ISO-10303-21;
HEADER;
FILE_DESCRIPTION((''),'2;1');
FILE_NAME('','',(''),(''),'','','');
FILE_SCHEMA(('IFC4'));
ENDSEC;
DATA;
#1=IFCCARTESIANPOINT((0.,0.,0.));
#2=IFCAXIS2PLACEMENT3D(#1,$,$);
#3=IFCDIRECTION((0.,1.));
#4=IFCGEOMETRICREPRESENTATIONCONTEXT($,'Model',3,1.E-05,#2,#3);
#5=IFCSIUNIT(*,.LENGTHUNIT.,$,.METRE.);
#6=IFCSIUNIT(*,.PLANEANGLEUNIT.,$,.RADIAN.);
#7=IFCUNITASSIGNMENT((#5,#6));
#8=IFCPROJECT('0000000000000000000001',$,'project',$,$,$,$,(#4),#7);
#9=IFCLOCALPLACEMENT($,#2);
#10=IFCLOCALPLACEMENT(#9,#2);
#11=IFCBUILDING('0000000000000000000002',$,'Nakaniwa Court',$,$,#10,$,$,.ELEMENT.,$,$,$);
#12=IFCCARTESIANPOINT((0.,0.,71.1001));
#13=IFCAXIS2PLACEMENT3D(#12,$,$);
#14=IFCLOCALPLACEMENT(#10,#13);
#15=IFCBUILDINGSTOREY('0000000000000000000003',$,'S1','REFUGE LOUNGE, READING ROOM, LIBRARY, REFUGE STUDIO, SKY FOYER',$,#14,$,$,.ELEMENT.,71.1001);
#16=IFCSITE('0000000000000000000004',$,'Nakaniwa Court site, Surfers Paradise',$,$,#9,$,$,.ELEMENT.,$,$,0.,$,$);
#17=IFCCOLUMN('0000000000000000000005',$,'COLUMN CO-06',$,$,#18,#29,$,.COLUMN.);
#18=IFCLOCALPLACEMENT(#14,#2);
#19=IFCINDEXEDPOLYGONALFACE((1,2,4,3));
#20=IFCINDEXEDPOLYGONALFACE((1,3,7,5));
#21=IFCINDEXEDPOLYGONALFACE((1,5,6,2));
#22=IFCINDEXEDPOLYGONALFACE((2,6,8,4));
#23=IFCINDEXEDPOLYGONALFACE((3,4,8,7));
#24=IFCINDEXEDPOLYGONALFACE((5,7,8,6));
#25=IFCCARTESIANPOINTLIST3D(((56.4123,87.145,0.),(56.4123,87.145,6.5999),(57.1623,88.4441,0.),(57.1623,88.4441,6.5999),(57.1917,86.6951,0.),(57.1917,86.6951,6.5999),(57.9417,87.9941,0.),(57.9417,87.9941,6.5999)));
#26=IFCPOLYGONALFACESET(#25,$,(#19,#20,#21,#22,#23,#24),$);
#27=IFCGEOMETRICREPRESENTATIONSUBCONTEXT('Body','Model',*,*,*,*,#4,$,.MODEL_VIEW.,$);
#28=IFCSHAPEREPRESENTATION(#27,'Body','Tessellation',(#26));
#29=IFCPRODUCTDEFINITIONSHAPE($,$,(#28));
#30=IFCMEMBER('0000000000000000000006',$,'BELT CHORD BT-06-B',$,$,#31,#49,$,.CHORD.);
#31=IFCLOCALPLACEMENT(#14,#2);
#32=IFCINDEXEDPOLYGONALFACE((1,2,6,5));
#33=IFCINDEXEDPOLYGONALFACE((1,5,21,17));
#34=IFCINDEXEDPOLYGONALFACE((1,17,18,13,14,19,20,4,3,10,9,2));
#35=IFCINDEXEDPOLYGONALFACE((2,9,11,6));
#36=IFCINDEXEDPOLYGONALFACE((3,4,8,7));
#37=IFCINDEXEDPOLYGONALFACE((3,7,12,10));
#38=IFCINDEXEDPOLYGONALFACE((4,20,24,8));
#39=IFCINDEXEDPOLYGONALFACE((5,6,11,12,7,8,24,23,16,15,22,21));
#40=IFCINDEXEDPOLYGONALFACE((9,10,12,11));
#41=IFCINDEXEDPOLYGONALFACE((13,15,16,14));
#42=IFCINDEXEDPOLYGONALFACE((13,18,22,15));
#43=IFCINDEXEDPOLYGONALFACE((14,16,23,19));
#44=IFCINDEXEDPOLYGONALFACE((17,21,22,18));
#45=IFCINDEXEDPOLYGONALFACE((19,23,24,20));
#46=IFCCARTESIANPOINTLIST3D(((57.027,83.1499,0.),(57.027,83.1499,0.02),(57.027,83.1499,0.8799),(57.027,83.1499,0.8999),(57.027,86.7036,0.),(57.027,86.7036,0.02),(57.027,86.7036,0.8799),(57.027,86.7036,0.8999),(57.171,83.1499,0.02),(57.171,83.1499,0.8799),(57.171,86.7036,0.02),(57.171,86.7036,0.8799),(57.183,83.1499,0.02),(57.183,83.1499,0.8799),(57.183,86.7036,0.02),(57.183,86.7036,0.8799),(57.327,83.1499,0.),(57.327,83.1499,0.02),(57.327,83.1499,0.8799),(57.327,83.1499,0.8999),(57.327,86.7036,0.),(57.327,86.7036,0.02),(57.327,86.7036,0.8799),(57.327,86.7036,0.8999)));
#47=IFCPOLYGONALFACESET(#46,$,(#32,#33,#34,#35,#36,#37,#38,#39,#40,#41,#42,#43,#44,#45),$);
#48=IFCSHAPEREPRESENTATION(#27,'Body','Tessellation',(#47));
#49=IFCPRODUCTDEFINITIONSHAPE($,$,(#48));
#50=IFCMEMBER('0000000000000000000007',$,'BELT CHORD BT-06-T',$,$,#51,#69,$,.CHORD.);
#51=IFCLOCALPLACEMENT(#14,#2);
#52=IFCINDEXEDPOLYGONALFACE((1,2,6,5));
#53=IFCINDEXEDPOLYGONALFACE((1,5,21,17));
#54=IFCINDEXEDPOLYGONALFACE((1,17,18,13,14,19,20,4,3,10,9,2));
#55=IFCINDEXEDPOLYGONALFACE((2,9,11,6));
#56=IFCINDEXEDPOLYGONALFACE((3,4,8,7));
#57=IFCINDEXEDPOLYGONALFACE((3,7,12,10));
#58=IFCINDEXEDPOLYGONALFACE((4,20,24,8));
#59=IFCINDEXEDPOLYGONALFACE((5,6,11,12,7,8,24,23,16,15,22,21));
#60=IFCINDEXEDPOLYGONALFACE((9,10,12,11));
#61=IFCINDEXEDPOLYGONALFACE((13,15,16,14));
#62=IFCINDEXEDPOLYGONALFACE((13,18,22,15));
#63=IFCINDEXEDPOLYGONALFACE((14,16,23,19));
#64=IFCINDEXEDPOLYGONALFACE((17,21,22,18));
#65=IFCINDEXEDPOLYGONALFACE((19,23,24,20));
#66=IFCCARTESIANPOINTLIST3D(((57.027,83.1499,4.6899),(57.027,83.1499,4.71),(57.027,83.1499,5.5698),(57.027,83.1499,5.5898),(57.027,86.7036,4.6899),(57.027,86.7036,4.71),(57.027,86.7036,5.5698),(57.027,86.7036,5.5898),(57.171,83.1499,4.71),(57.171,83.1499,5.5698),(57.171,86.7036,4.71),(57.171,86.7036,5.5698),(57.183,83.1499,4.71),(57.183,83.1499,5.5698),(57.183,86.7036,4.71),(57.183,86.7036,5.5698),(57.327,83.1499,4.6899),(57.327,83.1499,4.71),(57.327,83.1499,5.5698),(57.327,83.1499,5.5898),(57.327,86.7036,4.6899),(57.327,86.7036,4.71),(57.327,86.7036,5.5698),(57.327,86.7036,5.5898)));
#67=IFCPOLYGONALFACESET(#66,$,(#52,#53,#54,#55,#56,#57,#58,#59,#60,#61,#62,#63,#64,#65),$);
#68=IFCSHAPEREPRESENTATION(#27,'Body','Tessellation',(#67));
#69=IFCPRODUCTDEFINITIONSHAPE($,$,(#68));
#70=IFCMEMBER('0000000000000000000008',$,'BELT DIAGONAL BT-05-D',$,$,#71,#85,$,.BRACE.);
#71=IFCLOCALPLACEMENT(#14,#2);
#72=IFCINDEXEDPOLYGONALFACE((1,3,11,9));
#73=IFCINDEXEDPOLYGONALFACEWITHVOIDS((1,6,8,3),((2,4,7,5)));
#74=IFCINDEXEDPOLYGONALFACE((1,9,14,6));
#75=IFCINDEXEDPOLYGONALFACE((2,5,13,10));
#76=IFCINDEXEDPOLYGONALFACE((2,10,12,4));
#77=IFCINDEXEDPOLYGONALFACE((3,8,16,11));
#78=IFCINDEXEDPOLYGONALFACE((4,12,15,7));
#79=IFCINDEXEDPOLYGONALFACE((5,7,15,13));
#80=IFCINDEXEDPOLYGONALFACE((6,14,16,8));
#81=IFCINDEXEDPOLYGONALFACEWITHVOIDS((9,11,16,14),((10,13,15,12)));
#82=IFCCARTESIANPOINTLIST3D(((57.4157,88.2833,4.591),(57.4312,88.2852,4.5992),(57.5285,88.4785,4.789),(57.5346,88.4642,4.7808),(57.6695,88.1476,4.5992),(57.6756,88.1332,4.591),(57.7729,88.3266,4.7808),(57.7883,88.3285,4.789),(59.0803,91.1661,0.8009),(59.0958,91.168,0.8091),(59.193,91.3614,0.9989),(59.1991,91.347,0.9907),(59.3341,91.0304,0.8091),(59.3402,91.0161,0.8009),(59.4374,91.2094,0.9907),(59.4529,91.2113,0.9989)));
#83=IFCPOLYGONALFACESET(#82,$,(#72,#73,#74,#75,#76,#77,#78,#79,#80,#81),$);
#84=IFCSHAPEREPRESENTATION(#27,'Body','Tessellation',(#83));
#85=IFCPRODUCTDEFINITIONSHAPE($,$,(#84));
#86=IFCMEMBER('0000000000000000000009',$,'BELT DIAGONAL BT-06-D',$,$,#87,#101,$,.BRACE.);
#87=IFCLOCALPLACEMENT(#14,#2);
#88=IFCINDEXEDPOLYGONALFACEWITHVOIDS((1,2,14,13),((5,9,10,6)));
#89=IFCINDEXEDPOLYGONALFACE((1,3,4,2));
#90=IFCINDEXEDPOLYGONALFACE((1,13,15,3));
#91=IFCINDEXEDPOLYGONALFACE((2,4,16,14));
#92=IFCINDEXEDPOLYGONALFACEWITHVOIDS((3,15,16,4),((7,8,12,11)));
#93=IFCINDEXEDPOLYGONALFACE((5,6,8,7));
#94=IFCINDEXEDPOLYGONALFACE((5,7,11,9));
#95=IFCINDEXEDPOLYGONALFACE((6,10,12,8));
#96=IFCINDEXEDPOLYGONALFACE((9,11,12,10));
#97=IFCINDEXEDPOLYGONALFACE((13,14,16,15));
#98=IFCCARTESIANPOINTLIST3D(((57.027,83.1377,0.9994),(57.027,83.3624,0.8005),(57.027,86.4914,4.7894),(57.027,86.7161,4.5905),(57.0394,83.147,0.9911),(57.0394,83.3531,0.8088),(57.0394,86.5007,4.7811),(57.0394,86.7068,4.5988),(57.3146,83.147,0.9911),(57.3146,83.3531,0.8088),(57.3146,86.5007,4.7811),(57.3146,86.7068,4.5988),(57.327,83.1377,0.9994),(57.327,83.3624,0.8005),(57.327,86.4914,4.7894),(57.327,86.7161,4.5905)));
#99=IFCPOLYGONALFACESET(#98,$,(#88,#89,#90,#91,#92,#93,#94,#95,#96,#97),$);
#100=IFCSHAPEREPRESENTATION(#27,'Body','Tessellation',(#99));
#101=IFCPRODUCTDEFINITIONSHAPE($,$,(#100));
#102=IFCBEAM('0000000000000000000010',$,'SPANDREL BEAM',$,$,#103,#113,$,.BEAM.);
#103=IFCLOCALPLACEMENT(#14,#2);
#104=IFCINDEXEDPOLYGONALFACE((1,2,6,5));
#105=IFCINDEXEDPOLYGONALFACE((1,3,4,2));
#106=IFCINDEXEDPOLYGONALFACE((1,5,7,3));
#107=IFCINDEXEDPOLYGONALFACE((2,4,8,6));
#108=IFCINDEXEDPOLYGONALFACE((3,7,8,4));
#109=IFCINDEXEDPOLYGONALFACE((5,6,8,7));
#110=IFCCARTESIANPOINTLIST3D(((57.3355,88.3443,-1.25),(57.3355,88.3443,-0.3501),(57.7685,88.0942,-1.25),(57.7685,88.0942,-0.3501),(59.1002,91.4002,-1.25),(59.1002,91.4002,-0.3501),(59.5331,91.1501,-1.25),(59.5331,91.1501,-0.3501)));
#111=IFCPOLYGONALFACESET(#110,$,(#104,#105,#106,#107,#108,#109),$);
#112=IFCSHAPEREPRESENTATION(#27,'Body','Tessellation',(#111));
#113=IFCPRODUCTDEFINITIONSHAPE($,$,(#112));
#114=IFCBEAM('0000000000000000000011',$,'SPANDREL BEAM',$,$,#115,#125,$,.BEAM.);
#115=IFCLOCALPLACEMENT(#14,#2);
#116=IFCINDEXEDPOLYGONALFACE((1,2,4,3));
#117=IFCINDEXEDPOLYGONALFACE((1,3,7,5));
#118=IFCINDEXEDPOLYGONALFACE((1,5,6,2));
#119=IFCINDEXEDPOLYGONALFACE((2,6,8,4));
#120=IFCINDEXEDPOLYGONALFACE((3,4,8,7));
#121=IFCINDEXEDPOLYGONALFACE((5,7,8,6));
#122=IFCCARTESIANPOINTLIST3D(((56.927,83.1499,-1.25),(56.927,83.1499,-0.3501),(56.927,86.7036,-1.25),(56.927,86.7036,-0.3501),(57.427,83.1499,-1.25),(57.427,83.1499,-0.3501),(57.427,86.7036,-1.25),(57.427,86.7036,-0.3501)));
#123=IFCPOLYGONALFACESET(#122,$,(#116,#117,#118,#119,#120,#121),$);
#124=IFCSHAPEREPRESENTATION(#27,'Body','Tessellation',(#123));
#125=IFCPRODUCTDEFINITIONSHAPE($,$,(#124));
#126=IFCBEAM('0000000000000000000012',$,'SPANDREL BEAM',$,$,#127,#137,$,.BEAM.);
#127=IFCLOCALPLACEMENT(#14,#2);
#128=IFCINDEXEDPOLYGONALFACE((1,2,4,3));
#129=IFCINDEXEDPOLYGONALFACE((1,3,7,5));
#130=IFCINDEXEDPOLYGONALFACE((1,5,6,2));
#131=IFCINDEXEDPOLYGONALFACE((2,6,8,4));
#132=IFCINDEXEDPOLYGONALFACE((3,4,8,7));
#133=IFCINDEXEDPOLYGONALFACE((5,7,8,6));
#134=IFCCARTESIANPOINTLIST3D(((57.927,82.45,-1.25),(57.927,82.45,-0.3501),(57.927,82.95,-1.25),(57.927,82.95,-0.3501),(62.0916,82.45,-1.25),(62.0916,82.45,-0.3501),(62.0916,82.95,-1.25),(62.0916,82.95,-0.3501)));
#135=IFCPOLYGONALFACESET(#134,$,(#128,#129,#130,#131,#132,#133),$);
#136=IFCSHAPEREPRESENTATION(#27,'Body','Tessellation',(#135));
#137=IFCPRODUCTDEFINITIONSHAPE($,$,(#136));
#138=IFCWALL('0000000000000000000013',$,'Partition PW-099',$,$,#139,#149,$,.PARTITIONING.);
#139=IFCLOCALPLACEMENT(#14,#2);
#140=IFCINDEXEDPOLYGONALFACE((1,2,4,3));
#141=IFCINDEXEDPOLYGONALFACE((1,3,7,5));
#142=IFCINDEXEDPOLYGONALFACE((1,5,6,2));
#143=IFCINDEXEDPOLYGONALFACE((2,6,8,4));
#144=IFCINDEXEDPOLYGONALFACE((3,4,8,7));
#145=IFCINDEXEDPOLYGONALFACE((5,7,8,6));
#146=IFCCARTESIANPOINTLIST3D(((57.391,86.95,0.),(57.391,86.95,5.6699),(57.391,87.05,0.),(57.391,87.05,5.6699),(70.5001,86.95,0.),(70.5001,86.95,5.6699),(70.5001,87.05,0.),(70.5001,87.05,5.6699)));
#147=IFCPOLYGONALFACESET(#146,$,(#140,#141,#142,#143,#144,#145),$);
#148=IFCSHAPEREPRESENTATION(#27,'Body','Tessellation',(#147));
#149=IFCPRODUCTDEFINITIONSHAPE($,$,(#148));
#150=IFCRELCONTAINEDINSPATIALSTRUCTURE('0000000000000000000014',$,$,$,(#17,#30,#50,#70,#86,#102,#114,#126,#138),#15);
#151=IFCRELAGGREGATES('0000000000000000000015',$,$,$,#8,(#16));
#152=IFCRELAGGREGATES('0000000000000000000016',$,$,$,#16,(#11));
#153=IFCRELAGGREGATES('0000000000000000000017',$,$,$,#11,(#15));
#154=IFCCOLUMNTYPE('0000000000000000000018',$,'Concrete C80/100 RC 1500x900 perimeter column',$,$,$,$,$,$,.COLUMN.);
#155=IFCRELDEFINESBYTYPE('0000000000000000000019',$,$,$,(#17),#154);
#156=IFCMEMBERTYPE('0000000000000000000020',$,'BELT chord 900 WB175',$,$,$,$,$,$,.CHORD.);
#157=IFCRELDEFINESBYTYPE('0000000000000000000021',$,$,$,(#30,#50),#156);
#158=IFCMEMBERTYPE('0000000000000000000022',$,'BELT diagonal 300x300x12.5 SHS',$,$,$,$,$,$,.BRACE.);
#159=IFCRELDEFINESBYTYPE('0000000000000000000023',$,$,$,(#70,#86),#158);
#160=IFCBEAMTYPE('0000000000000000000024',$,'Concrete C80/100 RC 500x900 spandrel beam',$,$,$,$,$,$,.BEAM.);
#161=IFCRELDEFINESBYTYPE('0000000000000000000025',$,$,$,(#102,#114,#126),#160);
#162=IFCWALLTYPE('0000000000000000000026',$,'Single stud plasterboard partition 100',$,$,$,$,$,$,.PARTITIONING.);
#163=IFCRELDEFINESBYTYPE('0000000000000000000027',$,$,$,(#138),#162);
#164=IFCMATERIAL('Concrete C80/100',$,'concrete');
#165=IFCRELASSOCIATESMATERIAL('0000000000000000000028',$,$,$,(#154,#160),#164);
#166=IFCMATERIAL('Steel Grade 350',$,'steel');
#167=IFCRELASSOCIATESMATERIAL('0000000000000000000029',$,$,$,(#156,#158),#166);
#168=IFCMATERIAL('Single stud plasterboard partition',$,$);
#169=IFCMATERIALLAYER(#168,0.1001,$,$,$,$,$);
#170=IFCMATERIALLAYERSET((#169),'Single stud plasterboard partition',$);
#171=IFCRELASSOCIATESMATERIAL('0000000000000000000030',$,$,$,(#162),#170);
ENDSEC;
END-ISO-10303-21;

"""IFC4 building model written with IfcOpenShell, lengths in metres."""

from ifc_helpers import new_model, si_unit, direction, frame, frame_2d, origin, origin_2d, place, context, subcontext, project, spatial, rectangle, hollow_rectangle, i_section, extrude, material, layer, layer_set, material_profile, profile_set, type_object, element, save


model = new_model("IFC4")

# Units and contexts
model_context = context("Model", 3, precision=1e-05, world=origin(), true_north=direction((0.0, 1.0)))
body_context = subcontext(model_context, "Body", "Model", "MODEL_VIEW")
ifc_project = project(units=[si_unit("LENGTHUNIT", "METRE"), si_unit("PLANEANGLEUNIT", "RADIAN")], contexts=[model_context])

# Site, building, storey
site_placement = place(None, origin())
site = spatial("IfcSite", under=ifc_project, at=site_placement, Name="Nakaniwa Court site, Surfers Paradise", CompositionType="ELEMENT", RefElevation=0.0)
building_placement = place(site_placement, origin())
building = spatial("IfcBuilding", under=site, at=building_placement, Name="Nakaniwa Court", CompositionType="ELEMENT")
storey_placement = place(building_placement, frame((0.0, 0.0, 71.1001)))
storey = spatial("IfcBuildingStorey", under=building, at=storey_placement, Name="S1", Description="REFUGE LOUNGE, READING ROOM, LIBRARY, REFUGE STUDIO, SKY FOYER", CompositionType="ELEMENT", Elevation=71.1001)

# Column
ifc_material_1 = material(Name="Concrete C80/100", Category="concrete")
ifc_material_profile_1 = material_profile(ifc_material_1, rectangle(XDim=1.5, YDim=0.8999, at=origin_2d()), Name="Concrete C80/100 RC 1500x900 perimeter column")
ifc_profile_set_1 = profile_set([ifc_material_profile_1], Name="Concrete C80/100")
column_type = type_object("IfcColumnType", Name="Concrete C80/100 RC 1500x900 perimeter column", PredefinedType="COLUMN", material=ifc_profile_set_1)
column_placement = place(storey_placement, frame((57.177, 87.5696, 0.0), z_axis=(0.0, 0.0, 1.0), x_axis=(-0.5, -0.866025, 0.0)))
element("IfcColumn", 1, at=column_placement, inside=storey, type_object=column_type, Name="COLUMN CO-06", PredefinedType="COLUMN", context=body_context, shape_type="SweptSolid", body=[
    extrude(rectangle(XDim=1.5, YDim=0.8999, at=origin_2d()), origin(), (0.0, 0.0, 1.0), 6.5999),
])

# Members
ifc_material_2 = material(Name="Steel Grade 350", Category="steel")
ifc_material_profile_2 = material_profile(ifc_material_2, i_section(OverallWidth=0.3, OverallDepth=0.8999, WebThickness=0.012, FlangeThickness=0.02, at=origin_2d()), Name="900WB175")
ifc_profile_set_2 = profile_set([ifc_material_profile_2], Name="Steel Grade 350")
member_type_1 = type_object("IfcMemberType", Name="BELT chord 900 WB175", PredefinedType="CHORD", material=ifc_profile_set_2)
for number, where, z_axis, x_axis, name in (
    (2, (57.177, 86.7036, 0.45), (0.0, -1.0, 0.0), (1.0, 0.0, 0.0), "BELT CHORD BT-06-B"),
    (3, (57.177, 86.7036, 5.1399), (0.0, -1.0, 0.0), (1.0, 0.0, 0.0), "BELT CHORD BT-06-T"),
):
    element("IfcMember", number, at=place(storey_placement, frame(where, z_axis=z_axis, x_axis=x_axis)), inside=storey, type_object=member_type_1, Name=name, PredefinedType="CHORD", context=body_context, shape_type="SweptSolid", body=[
        extrude(i_section(OverallWidth=0.3, OverallDepth=0.8999, WebThickness=0.012, FlangeThickness=0.02, at=origin_2d()), origin(), (0.0, 0.0, 1.0), 3.5537),
    ])
ifc_material_profile_3 = material_profile(ifc_material_2, hollow_rectangle(XDim=0.3, YDim=0.3, WallThickness=0.0125, at=origin_2d()), Name="BELT diagonal 300x300x12.5 SHS")
ifc_profile_set_3 = profile_set([ifc_material_profile_3], Name="Steel Grade 350")
member_type_2 = type_object("IfcMemberType", Name="BELT diagonal 300x300x12.5 SHS", PredefinedType="BRACE", material=ifc_profile_set_3)
member_1_placement = place(storey_placement, frame((59.2666, 91.1887, 0.8999), z_axis=(-0.329981, -0.57149, 0.751339), x_axis=(0.866005, -0.500036, 0.0)))
element("IfcMember", 4, at=member_1_placement, inside=storey, type_object=member_type_2, Name="BELT DIAGONAL BT-05-D", PredefinedType="BRACE", context=body_context, shape_type="SweptSolid", body=[
    extrude(hollow_rectangle(XDim=0.3, YDim=0.3, WallThickness=0.0125, at=origin_2d()), origin(), (0.0, 0.0, 1.0), 5.0444),
])
member_2_placement = place(storey_placement, frame((57.177, 86.6038, 4.6899), z_axis=(0.0, -0.662688, -0.748895), x_axis=(1.0, 0.0, 0.0)))
element("IfcMember", 5, at=member_2_placement, inside=storey, type_object=member_type_2, Name="BELT DIAGONAL BT-06-D", PredefinedType="BRACE", context=body_context, shape_type="SweptSolid", body=[
    extrude(hollow_rectangle(XDim=0.3, YDim=0.3, WallThickness=0.0125, at=origin_2d()), origin(), (0.0, 0.0, 1.0), 5.0608),
])

# Beams
ifc_material_profile_4 = material_profile(ifc_material_1, rectangle(XDim=0.5, YDim=0.8999, at=origin_2d()), Name="Concrete C80/100 RC 500x900 spandrel beam")
ifc_profile_set_4 = profile_set([ifc_material_profile_4], Name="Concrete C80/100")
beam_type = type_object("IfcBeamType", Name="Concrete C80/100 RC 500x900 spandrel beam", PredefinedType="BEAM", material=ifc_profile_set_4)
beam_1_placement = place(storey_placement, frame((59.3167, 91.2751, -0.8), z_axis=(-0.500068, -0.865986, 0.0), x_axis=(0.865986, -0.500068, 0.0)))
element("IfcBeam", 6, at=beam_1_placement, inside=storey, type_object=beam_type, Name="SPANDREL BEAM", PredefinedType="BEAM", context=body_context, shape_type="SweptSolid", body=[
    extrude(rectangle(XDim=0.5, YDim=0.8999, at=origin_2d()), origin(), (0.0, 0.0, 1.0), 3.5288),
])
beam_2_placement = place(storey_placement, frame((57.177, 86.7036, -0.8), z_axis=(0.0, -1.0, 0.0), x_axis=(1.0, 0.0, 0.0)))
element("IfcBeam", 7, at=beam_2_placement, inside=storey, type_object=beam_type, Name="SPANDREL BEAM", PredefinedType="BEAM", context=body_context, shape_type="SweptSolid", body=[
    extrude(rectangle(XDim=0.5, YDim=0.8999, at=origin_2d()), origin(), (0.0, 0.0, 1.0), 3.5537),
])
beam_3_placement = place(storey_placement, frame((57.927, 82.7, -0.8), z_axis=(1.0, 0.0, 0.0), x_axis=(0.0, 1.0, 0.0)))
element("IfcBeam", 8, at=beam_3_placement, inside=storey, type_object=beam_type, Name="SPANDREL BEAM", PredefinedType="BEAM", context=body_context, shape_type="SweptSolid", body=[
    extrude(rectangle(XDim=0.5, YDim=0.8999, at=origin_2d()), origin(), (0.0, 0.0, 1.0), 4.1646),
])

# Wall
ifc_material_3 = material(Name="Single stud plasterboard partition")
ifc_layer = layer(ifc_material_3, 0.1001)
ifc_layer_set = layer_set([ifc_layer], Name="Single stud plasterboard partition")
wall_type = type_object("IfcWallType", Name="Single stud plasterboard partition 100", PredefinedType="PARTITIONING", material=ifc_layer_set)
wall_placement = place(storey_placement, frame((57.3909, 87.0, 0.0), z_axis=(0.0, 0.0, 1.0), x_axis=(1.0, 0.0, 0.0)))
element("IfcWall", 9, at=wall_placement, inside=storey, type_object=wall_type, Name="Partition PW-099", PredefinedType="PARTITIONING", context=body_context, shape_type="SweptSolid", body=[
    extrude(rectangle(XDim=13.1091, YDim=0.1001, at=frame_2d((6.5547, 0.0))), origin(), (0.0, 0.0, 1.0), 5.6699),
])

save(model, "model.ifc")
